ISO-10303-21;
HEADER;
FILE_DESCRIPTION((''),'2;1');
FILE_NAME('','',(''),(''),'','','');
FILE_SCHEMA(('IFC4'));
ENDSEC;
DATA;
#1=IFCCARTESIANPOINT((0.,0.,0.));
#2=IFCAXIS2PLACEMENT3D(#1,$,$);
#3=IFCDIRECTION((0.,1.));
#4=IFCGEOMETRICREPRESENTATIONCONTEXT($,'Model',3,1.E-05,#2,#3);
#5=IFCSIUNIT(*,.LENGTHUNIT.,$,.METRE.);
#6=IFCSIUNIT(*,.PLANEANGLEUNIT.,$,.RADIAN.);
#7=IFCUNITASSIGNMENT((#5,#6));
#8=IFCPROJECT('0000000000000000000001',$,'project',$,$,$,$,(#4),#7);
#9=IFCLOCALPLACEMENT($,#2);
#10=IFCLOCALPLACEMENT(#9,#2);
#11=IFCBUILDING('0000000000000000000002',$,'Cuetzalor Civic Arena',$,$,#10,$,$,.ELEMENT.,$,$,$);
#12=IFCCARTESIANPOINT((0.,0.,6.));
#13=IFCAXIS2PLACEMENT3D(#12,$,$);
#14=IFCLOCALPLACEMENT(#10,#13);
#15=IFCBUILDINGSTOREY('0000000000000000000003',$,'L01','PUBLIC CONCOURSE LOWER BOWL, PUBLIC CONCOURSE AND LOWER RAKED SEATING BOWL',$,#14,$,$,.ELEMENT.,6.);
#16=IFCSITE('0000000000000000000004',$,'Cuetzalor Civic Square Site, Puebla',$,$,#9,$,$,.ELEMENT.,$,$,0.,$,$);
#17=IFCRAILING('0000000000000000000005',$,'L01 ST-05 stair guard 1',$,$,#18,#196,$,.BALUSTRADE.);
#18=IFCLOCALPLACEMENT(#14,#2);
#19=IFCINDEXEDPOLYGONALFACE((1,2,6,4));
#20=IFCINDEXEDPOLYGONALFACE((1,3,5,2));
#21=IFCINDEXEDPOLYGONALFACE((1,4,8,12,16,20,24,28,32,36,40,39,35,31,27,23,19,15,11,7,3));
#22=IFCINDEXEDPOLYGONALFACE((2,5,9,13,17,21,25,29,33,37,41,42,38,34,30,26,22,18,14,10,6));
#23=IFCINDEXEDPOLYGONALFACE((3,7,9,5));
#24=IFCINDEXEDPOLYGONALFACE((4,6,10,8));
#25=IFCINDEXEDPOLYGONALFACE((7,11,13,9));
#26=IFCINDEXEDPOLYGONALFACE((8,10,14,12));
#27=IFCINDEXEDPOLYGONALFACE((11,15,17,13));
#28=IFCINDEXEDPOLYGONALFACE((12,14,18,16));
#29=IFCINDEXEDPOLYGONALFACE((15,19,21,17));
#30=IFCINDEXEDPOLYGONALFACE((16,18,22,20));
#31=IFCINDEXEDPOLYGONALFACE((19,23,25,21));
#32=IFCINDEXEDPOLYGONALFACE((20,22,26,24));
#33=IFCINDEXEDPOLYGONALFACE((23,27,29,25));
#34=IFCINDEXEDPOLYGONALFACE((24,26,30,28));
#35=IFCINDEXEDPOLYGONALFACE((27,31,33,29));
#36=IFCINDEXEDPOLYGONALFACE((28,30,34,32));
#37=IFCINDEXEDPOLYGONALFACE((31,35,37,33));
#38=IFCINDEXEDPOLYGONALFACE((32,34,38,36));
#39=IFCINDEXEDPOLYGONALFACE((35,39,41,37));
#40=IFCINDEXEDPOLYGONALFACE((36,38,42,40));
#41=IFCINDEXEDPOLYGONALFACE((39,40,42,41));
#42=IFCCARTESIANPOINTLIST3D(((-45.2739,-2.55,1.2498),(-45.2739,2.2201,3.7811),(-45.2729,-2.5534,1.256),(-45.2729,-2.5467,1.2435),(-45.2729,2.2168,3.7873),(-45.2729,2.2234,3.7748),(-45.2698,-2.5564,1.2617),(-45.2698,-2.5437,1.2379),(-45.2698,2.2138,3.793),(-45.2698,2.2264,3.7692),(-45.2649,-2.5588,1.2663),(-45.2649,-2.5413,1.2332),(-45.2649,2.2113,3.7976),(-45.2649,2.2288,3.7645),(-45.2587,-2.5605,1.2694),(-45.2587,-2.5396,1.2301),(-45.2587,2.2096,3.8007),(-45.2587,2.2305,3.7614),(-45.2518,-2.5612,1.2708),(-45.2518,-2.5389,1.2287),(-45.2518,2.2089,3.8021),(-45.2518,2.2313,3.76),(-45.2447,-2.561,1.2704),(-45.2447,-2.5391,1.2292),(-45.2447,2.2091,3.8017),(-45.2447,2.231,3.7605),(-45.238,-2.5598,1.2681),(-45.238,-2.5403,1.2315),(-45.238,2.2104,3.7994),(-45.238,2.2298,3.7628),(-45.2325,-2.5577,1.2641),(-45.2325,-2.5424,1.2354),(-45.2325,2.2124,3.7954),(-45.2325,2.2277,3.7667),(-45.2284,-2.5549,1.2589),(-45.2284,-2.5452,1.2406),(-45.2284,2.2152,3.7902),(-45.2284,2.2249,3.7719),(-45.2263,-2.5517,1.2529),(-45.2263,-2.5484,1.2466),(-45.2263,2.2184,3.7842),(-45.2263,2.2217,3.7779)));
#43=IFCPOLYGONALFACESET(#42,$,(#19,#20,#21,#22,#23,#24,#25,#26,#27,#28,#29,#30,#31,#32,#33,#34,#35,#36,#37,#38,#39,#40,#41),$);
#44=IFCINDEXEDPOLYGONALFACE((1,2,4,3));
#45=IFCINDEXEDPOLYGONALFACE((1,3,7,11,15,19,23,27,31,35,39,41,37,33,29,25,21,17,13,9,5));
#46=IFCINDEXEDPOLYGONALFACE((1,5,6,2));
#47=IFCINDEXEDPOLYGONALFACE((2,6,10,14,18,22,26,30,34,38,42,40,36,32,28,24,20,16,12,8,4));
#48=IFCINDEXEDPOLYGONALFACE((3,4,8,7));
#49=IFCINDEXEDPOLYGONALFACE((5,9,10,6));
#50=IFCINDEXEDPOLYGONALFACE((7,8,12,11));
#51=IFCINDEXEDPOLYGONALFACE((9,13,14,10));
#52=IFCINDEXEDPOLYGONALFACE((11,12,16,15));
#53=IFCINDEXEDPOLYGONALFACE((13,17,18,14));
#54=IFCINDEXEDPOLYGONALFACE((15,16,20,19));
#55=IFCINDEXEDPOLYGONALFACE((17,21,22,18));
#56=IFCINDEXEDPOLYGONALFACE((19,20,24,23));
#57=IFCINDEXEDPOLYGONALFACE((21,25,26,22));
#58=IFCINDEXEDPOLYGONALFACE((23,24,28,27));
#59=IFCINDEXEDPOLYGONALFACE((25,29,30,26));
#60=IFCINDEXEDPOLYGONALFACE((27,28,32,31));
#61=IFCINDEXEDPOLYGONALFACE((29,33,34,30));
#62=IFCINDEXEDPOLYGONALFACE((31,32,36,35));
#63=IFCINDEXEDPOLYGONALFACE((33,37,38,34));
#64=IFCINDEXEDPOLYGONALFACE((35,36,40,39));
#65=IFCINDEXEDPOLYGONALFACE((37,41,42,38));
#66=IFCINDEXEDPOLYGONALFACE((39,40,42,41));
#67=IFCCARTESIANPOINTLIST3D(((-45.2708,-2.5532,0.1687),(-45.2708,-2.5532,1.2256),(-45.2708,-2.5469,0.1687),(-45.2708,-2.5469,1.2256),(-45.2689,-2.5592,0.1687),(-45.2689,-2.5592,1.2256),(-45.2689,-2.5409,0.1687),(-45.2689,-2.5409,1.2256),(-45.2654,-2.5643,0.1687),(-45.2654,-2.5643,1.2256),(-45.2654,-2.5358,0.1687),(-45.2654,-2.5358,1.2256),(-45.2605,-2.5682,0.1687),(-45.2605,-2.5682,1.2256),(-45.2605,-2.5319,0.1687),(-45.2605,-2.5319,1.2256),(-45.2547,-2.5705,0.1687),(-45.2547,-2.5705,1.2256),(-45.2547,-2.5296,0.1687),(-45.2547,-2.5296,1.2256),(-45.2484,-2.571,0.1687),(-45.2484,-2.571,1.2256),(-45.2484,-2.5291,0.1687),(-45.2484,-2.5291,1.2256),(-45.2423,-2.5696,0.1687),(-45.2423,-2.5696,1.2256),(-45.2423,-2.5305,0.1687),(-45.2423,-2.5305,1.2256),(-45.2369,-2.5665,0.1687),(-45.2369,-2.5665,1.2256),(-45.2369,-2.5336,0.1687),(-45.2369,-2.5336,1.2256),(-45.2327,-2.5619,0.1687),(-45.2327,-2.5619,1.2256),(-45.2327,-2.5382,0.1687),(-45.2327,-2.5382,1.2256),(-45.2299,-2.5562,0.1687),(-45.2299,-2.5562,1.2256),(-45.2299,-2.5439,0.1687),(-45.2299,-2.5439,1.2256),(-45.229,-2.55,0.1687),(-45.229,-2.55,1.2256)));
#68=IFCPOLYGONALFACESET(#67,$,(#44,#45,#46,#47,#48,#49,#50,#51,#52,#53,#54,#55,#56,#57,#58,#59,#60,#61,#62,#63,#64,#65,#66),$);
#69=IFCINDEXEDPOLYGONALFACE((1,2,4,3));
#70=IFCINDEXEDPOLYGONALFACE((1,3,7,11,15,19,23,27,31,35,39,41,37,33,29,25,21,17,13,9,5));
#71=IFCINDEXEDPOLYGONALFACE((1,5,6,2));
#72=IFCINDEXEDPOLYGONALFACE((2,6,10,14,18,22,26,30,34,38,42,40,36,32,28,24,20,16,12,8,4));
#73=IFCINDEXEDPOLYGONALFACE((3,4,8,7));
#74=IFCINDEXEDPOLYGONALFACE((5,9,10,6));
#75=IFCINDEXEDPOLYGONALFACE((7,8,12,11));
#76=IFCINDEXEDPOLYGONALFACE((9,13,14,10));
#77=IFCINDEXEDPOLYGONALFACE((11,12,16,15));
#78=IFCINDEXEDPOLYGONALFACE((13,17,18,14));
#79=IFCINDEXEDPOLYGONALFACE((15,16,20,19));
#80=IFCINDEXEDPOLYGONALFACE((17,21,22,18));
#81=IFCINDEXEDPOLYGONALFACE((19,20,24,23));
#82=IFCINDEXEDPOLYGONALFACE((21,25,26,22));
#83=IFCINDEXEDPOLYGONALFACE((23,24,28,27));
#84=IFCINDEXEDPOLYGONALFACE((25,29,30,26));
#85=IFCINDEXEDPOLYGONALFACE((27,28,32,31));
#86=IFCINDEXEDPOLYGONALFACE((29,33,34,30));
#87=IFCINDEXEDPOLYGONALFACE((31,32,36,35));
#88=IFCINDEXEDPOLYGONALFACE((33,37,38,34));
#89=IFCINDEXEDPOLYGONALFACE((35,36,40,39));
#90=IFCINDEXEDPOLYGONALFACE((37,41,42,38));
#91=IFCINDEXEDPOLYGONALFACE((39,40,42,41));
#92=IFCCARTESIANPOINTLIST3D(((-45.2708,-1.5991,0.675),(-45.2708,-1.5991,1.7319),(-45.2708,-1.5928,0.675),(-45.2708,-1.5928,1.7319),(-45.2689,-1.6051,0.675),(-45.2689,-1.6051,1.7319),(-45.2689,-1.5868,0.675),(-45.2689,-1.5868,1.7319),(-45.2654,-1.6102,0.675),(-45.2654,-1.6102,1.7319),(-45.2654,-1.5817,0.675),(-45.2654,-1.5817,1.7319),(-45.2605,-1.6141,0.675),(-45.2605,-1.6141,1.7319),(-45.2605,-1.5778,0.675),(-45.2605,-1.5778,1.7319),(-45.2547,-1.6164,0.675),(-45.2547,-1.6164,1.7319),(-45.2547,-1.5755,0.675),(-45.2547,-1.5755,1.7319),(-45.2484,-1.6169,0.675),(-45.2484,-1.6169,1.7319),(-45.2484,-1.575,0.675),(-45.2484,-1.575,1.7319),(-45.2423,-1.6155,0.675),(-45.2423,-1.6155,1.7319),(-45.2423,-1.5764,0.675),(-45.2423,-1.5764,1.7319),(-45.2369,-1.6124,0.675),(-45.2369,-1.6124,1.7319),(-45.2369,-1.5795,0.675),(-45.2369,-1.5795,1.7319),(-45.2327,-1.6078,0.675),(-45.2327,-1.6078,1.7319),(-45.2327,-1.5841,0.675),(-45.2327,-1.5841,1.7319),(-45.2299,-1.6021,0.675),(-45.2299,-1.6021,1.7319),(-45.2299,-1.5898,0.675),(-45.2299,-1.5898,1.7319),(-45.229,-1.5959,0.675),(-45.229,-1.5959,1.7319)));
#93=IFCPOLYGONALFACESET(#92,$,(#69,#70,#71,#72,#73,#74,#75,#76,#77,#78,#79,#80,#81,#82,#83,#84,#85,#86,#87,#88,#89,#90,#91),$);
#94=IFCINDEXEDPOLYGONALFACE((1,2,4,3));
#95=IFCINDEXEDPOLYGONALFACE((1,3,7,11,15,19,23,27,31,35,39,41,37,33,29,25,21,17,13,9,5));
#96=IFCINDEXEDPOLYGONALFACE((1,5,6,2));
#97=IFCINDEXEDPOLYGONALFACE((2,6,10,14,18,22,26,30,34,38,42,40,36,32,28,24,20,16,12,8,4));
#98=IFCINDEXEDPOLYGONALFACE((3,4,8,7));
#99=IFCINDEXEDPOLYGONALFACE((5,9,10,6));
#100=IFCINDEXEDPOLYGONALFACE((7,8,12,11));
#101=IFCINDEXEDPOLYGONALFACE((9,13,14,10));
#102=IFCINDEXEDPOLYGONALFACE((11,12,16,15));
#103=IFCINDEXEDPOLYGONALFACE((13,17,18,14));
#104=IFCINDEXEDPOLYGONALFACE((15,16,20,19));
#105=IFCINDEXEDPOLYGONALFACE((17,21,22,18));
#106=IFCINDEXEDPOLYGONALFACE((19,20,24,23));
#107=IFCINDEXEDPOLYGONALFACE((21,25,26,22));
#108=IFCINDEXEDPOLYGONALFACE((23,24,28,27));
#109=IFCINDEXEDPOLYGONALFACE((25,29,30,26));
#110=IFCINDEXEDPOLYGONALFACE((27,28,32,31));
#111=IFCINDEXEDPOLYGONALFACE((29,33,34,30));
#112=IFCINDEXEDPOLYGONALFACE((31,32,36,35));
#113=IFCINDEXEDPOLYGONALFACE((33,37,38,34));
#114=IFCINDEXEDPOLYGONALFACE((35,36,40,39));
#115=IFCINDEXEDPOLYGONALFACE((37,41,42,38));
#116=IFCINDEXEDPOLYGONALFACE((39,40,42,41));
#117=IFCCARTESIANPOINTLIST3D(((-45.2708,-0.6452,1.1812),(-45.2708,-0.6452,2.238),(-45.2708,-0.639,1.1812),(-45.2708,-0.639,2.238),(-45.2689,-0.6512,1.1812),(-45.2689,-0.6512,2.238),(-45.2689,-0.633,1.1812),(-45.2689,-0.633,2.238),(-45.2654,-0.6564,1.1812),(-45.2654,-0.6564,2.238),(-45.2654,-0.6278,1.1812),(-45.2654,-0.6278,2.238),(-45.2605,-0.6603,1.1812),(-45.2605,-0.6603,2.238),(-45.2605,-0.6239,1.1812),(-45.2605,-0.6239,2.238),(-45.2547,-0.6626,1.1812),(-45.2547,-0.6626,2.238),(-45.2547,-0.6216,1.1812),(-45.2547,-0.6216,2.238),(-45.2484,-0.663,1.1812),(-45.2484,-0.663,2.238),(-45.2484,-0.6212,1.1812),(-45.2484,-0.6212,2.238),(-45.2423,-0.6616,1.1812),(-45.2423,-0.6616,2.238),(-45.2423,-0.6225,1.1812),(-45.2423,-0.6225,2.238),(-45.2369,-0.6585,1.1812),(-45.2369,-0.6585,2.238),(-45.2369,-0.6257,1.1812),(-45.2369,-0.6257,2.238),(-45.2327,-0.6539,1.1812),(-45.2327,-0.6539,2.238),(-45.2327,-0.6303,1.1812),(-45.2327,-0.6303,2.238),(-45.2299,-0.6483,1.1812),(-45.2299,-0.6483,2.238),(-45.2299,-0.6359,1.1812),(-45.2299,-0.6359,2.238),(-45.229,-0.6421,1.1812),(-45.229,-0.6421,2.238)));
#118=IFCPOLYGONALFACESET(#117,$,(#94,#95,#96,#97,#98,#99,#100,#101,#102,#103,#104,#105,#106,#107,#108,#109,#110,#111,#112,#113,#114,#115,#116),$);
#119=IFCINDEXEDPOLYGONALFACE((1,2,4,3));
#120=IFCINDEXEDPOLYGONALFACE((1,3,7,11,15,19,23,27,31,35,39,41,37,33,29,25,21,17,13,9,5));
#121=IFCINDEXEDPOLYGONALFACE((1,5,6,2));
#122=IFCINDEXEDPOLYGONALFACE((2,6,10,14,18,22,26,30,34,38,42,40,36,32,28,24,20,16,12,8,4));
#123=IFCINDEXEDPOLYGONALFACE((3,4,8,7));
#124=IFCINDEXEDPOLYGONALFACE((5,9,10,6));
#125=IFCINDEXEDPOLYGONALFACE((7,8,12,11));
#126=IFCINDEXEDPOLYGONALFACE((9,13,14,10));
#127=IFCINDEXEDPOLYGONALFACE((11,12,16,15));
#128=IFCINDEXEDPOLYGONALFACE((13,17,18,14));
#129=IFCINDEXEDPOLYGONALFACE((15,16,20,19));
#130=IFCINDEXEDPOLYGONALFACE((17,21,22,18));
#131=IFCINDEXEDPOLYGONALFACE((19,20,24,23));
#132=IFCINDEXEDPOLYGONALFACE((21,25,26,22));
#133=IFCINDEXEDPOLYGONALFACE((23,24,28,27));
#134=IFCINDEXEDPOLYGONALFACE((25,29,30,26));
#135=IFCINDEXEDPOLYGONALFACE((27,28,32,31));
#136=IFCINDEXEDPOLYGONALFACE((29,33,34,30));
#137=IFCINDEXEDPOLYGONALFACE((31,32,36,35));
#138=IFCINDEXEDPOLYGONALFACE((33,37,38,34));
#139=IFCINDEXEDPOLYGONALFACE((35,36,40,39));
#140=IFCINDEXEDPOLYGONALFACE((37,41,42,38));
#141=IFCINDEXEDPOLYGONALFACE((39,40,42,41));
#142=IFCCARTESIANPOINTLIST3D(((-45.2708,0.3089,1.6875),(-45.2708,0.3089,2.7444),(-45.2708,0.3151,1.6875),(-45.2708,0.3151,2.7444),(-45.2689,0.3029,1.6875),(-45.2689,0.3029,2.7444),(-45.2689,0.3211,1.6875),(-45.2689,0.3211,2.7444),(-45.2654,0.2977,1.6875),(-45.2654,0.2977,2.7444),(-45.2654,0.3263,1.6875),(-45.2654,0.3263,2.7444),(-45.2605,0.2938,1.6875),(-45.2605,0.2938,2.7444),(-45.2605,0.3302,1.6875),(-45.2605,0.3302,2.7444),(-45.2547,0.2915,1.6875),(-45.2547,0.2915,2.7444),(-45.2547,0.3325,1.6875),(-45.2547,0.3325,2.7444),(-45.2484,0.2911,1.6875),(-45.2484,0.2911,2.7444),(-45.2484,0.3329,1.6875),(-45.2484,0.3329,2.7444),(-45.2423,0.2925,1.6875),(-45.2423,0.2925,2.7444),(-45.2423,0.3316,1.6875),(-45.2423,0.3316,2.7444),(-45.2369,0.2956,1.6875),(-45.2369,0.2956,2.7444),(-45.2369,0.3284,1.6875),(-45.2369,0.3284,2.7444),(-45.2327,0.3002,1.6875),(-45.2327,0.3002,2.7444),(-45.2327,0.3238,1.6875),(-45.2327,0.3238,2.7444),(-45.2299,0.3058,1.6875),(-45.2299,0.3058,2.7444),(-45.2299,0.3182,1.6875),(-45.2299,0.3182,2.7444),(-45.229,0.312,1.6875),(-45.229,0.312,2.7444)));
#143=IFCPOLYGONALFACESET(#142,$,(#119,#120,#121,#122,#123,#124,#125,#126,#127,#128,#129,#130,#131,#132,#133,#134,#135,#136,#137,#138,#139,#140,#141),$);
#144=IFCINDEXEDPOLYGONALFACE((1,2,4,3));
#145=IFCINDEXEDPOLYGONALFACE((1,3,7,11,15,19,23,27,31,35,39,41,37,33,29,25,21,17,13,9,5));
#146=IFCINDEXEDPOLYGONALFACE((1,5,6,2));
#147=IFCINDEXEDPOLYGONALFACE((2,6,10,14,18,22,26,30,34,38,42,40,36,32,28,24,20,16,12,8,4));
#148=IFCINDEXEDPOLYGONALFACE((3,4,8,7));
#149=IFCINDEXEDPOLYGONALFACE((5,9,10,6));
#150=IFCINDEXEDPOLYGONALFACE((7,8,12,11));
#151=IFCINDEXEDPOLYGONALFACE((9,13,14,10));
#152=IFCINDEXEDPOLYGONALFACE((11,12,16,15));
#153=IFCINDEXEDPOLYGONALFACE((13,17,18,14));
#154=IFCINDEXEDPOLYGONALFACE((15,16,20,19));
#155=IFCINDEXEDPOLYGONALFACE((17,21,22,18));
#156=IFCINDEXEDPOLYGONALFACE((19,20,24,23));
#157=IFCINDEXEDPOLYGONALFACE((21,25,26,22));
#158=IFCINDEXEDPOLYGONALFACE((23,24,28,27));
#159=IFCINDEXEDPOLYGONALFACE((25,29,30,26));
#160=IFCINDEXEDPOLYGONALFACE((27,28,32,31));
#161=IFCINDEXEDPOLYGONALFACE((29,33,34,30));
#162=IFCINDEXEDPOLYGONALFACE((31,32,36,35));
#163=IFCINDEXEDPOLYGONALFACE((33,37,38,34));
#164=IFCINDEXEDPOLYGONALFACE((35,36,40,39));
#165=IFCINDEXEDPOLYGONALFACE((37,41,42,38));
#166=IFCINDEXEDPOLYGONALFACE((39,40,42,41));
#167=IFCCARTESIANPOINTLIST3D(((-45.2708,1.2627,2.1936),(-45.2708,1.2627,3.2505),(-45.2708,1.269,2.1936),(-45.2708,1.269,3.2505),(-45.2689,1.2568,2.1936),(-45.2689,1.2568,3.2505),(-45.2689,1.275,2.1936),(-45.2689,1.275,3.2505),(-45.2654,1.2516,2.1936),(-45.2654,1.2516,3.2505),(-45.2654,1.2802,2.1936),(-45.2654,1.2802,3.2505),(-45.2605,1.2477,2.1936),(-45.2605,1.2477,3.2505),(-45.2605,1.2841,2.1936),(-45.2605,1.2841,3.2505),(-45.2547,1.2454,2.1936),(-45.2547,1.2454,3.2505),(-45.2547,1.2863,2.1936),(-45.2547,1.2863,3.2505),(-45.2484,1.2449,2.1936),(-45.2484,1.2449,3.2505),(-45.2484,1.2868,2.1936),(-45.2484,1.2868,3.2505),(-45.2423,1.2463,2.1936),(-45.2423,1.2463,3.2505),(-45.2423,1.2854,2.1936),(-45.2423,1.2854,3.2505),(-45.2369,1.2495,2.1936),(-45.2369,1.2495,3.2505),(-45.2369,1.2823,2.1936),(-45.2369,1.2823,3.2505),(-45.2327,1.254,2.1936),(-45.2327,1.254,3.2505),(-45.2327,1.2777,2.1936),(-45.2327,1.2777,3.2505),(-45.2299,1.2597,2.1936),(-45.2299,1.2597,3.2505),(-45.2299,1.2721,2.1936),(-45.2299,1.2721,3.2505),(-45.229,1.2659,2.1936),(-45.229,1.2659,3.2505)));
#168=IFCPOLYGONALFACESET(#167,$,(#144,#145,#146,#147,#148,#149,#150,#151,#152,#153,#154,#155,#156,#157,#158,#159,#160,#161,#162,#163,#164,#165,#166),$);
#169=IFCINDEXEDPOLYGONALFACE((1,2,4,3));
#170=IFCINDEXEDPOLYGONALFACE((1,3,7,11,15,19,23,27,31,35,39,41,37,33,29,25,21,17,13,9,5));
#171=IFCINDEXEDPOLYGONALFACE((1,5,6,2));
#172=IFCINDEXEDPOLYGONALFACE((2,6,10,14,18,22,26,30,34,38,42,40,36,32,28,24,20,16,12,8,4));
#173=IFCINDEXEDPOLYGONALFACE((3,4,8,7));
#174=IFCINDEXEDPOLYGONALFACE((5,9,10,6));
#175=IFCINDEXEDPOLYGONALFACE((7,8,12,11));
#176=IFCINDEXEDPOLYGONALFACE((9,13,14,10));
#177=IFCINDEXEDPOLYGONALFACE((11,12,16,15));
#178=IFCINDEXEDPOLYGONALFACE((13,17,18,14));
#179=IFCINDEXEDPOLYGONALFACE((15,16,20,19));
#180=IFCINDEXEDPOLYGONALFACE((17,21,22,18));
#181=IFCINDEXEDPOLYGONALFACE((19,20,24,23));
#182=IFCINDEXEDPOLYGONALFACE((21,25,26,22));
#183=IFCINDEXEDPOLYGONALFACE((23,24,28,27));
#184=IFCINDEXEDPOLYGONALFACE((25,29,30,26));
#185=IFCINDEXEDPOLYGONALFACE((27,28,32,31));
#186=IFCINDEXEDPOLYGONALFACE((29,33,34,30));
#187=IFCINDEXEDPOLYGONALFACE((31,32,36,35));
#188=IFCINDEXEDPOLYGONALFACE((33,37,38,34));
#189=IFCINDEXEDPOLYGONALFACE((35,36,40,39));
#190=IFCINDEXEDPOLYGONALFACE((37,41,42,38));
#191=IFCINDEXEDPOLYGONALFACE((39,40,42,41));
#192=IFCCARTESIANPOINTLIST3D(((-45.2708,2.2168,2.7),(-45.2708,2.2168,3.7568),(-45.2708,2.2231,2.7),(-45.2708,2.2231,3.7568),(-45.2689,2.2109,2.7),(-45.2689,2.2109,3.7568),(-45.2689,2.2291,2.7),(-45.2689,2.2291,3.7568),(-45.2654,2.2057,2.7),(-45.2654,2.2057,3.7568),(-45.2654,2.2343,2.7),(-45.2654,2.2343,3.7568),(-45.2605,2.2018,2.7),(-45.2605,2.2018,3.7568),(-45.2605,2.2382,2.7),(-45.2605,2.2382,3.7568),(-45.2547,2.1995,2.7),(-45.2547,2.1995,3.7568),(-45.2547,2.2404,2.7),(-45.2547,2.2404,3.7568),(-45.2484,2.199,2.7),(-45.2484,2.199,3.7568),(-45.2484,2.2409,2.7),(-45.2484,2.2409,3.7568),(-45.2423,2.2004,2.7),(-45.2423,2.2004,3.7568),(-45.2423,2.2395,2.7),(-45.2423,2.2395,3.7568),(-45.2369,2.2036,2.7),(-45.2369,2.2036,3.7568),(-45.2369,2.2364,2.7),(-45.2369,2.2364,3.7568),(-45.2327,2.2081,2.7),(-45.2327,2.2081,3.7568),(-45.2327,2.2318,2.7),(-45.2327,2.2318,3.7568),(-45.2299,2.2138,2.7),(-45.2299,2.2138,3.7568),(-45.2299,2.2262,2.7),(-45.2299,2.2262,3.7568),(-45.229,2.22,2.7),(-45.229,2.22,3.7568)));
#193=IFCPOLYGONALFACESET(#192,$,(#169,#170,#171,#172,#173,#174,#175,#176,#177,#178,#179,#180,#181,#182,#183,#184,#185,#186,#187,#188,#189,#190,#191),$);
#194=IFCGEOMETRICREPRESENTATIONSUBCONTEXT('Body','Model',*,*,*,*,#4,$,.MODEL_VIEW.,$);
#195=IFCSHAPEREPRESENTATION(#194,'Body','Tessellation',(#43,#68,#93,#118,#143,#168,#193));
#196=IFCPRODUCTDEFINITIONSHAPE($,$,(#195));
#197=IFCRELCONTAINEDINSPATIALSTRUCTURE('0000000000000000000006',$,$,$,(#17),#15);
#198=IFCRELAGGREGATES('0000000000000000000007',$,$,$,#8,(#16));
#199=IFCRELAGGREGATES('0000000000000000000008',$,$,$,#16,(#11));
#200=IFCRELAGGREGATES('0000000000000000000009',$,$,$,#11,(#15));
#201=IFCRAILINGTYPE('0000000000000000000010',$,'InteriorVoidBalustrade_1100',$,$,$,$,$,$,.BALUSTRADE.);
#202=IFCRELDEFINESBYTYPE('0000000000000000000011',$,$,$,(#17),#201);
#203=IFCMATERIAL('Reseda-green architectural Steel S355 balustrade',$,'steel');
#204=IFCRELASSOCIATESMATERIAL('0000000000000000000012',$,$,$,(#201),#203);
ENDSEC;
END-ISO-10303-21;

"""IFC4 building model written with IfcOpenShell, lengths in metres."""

from ifc_helpers import new_model, si_unit, direction, frame, origin, origin_2d, place, context, subcontext, project, spatial, circle, extrude, material, type_object, element, save


model = new_model("IFC4")

# Units and contexts
model_context = context("Model", 3, precision=1e-05, world=origin(), true_north=direction((0.0, 1.0)))
body_context = subcontext(model_context, "Body", "Model", "MODEL_VIEW")
ifc_project = project(units=[si_unit("LENGTHUNIT", "METRE"), si_unit("PLANEANGLEUNIT", "RADIAN")], contexts=[model_context])

# Site, building, storey
site_placement = place(None, origin())
site = spatial("IfcSite", under=ifc_project, at=site_placement, Name="Cuetzalor Civic Square Site, Puebla", CompositionType="ELEMENT", RefElevation=0.0)
building_placement = place(site_placement, origin())
building = spatial("IfcBuilding", under=site, at=building_placement, Name="Cuetzalor Civic Arena", CompositionType="ELEMENT")
storey_placement = place(building_placement, frame((0.0, 0.0, 6.0)))
storey = spatial("IfcBuildingStorey", under=building, at=storey_placement, Name="L01", Description="PUBLIC CONCOURSE LOWER BOWL, PUBLIC CONCOURSE AND LOWER RAKED SEATING BOWL", CompositionType="ELEMENT", Elevation=6.0)

# Railing
ifc_material_1 = material(Name="Reseda-green architectural Steel S355 balustrade", Category="steel")
railing_type_1 = type_object("IfcRailingType", Name="InteriorVoidBalustrade_1100", PredefinedType="BALUSTRADE", material=ifc_material_1)
railing_1_placement = place(storey_placement, frame((-45.25, -2.55, 0.1687)))
element("IfcRailing", 1, at=railing_1_placement, inside=storey, type_object=railing_type_1, Name="L01 ST-05 stair guard 1", PredefinedType="BALUSTRADE", context=body_context, shape_type="SweptSolid", body=[
    extrude(circle(Radius=0.0239, at=origin_2d()), frame((0.0, 0.0, 1.0811), z_axis=(0.0, 0.883332, 0.468747), x_axis=(-1.0, 0.0, 0.0)), (0.0, 0.0, 1.0), 5.4001),
    extrude(circle(Radius=0.021, at=origin_2d()), origin(), (0.0, 0.0, 1.0), 1.0569),
    extrude(circle(Radius=0.021, at=origin_2d()), frame((0.0, 0.9541, 0.5063)), (0.0, 0.0, 1.0), 1.0569),
    extrude(circle(Radius=0.021, at=origin_2d()), frame((0.0, 1.908, 1.0125)), (0.0, 0.0, 1.0), 1.0569),
    extrude(circle(Radius=0.021, at=origin_2d()), frame((0.0, 2.8621, 1.5188)), (0.0, 0.0, 1.0), 1.0569),
    extrude(circle(Radius=0.021, at=origin_2d()), frame((0.0, 3.8159, 2.0249)), (0.0, 0.0, 1.0), 1.0569),
    extrude(circle(Radius=0.021, at=origin_2d()), frame((0.0, 4.77, 2.5312)), (0.0, 0.0, 1.0), 1.0569),
])

save(model, "model.ifc")
